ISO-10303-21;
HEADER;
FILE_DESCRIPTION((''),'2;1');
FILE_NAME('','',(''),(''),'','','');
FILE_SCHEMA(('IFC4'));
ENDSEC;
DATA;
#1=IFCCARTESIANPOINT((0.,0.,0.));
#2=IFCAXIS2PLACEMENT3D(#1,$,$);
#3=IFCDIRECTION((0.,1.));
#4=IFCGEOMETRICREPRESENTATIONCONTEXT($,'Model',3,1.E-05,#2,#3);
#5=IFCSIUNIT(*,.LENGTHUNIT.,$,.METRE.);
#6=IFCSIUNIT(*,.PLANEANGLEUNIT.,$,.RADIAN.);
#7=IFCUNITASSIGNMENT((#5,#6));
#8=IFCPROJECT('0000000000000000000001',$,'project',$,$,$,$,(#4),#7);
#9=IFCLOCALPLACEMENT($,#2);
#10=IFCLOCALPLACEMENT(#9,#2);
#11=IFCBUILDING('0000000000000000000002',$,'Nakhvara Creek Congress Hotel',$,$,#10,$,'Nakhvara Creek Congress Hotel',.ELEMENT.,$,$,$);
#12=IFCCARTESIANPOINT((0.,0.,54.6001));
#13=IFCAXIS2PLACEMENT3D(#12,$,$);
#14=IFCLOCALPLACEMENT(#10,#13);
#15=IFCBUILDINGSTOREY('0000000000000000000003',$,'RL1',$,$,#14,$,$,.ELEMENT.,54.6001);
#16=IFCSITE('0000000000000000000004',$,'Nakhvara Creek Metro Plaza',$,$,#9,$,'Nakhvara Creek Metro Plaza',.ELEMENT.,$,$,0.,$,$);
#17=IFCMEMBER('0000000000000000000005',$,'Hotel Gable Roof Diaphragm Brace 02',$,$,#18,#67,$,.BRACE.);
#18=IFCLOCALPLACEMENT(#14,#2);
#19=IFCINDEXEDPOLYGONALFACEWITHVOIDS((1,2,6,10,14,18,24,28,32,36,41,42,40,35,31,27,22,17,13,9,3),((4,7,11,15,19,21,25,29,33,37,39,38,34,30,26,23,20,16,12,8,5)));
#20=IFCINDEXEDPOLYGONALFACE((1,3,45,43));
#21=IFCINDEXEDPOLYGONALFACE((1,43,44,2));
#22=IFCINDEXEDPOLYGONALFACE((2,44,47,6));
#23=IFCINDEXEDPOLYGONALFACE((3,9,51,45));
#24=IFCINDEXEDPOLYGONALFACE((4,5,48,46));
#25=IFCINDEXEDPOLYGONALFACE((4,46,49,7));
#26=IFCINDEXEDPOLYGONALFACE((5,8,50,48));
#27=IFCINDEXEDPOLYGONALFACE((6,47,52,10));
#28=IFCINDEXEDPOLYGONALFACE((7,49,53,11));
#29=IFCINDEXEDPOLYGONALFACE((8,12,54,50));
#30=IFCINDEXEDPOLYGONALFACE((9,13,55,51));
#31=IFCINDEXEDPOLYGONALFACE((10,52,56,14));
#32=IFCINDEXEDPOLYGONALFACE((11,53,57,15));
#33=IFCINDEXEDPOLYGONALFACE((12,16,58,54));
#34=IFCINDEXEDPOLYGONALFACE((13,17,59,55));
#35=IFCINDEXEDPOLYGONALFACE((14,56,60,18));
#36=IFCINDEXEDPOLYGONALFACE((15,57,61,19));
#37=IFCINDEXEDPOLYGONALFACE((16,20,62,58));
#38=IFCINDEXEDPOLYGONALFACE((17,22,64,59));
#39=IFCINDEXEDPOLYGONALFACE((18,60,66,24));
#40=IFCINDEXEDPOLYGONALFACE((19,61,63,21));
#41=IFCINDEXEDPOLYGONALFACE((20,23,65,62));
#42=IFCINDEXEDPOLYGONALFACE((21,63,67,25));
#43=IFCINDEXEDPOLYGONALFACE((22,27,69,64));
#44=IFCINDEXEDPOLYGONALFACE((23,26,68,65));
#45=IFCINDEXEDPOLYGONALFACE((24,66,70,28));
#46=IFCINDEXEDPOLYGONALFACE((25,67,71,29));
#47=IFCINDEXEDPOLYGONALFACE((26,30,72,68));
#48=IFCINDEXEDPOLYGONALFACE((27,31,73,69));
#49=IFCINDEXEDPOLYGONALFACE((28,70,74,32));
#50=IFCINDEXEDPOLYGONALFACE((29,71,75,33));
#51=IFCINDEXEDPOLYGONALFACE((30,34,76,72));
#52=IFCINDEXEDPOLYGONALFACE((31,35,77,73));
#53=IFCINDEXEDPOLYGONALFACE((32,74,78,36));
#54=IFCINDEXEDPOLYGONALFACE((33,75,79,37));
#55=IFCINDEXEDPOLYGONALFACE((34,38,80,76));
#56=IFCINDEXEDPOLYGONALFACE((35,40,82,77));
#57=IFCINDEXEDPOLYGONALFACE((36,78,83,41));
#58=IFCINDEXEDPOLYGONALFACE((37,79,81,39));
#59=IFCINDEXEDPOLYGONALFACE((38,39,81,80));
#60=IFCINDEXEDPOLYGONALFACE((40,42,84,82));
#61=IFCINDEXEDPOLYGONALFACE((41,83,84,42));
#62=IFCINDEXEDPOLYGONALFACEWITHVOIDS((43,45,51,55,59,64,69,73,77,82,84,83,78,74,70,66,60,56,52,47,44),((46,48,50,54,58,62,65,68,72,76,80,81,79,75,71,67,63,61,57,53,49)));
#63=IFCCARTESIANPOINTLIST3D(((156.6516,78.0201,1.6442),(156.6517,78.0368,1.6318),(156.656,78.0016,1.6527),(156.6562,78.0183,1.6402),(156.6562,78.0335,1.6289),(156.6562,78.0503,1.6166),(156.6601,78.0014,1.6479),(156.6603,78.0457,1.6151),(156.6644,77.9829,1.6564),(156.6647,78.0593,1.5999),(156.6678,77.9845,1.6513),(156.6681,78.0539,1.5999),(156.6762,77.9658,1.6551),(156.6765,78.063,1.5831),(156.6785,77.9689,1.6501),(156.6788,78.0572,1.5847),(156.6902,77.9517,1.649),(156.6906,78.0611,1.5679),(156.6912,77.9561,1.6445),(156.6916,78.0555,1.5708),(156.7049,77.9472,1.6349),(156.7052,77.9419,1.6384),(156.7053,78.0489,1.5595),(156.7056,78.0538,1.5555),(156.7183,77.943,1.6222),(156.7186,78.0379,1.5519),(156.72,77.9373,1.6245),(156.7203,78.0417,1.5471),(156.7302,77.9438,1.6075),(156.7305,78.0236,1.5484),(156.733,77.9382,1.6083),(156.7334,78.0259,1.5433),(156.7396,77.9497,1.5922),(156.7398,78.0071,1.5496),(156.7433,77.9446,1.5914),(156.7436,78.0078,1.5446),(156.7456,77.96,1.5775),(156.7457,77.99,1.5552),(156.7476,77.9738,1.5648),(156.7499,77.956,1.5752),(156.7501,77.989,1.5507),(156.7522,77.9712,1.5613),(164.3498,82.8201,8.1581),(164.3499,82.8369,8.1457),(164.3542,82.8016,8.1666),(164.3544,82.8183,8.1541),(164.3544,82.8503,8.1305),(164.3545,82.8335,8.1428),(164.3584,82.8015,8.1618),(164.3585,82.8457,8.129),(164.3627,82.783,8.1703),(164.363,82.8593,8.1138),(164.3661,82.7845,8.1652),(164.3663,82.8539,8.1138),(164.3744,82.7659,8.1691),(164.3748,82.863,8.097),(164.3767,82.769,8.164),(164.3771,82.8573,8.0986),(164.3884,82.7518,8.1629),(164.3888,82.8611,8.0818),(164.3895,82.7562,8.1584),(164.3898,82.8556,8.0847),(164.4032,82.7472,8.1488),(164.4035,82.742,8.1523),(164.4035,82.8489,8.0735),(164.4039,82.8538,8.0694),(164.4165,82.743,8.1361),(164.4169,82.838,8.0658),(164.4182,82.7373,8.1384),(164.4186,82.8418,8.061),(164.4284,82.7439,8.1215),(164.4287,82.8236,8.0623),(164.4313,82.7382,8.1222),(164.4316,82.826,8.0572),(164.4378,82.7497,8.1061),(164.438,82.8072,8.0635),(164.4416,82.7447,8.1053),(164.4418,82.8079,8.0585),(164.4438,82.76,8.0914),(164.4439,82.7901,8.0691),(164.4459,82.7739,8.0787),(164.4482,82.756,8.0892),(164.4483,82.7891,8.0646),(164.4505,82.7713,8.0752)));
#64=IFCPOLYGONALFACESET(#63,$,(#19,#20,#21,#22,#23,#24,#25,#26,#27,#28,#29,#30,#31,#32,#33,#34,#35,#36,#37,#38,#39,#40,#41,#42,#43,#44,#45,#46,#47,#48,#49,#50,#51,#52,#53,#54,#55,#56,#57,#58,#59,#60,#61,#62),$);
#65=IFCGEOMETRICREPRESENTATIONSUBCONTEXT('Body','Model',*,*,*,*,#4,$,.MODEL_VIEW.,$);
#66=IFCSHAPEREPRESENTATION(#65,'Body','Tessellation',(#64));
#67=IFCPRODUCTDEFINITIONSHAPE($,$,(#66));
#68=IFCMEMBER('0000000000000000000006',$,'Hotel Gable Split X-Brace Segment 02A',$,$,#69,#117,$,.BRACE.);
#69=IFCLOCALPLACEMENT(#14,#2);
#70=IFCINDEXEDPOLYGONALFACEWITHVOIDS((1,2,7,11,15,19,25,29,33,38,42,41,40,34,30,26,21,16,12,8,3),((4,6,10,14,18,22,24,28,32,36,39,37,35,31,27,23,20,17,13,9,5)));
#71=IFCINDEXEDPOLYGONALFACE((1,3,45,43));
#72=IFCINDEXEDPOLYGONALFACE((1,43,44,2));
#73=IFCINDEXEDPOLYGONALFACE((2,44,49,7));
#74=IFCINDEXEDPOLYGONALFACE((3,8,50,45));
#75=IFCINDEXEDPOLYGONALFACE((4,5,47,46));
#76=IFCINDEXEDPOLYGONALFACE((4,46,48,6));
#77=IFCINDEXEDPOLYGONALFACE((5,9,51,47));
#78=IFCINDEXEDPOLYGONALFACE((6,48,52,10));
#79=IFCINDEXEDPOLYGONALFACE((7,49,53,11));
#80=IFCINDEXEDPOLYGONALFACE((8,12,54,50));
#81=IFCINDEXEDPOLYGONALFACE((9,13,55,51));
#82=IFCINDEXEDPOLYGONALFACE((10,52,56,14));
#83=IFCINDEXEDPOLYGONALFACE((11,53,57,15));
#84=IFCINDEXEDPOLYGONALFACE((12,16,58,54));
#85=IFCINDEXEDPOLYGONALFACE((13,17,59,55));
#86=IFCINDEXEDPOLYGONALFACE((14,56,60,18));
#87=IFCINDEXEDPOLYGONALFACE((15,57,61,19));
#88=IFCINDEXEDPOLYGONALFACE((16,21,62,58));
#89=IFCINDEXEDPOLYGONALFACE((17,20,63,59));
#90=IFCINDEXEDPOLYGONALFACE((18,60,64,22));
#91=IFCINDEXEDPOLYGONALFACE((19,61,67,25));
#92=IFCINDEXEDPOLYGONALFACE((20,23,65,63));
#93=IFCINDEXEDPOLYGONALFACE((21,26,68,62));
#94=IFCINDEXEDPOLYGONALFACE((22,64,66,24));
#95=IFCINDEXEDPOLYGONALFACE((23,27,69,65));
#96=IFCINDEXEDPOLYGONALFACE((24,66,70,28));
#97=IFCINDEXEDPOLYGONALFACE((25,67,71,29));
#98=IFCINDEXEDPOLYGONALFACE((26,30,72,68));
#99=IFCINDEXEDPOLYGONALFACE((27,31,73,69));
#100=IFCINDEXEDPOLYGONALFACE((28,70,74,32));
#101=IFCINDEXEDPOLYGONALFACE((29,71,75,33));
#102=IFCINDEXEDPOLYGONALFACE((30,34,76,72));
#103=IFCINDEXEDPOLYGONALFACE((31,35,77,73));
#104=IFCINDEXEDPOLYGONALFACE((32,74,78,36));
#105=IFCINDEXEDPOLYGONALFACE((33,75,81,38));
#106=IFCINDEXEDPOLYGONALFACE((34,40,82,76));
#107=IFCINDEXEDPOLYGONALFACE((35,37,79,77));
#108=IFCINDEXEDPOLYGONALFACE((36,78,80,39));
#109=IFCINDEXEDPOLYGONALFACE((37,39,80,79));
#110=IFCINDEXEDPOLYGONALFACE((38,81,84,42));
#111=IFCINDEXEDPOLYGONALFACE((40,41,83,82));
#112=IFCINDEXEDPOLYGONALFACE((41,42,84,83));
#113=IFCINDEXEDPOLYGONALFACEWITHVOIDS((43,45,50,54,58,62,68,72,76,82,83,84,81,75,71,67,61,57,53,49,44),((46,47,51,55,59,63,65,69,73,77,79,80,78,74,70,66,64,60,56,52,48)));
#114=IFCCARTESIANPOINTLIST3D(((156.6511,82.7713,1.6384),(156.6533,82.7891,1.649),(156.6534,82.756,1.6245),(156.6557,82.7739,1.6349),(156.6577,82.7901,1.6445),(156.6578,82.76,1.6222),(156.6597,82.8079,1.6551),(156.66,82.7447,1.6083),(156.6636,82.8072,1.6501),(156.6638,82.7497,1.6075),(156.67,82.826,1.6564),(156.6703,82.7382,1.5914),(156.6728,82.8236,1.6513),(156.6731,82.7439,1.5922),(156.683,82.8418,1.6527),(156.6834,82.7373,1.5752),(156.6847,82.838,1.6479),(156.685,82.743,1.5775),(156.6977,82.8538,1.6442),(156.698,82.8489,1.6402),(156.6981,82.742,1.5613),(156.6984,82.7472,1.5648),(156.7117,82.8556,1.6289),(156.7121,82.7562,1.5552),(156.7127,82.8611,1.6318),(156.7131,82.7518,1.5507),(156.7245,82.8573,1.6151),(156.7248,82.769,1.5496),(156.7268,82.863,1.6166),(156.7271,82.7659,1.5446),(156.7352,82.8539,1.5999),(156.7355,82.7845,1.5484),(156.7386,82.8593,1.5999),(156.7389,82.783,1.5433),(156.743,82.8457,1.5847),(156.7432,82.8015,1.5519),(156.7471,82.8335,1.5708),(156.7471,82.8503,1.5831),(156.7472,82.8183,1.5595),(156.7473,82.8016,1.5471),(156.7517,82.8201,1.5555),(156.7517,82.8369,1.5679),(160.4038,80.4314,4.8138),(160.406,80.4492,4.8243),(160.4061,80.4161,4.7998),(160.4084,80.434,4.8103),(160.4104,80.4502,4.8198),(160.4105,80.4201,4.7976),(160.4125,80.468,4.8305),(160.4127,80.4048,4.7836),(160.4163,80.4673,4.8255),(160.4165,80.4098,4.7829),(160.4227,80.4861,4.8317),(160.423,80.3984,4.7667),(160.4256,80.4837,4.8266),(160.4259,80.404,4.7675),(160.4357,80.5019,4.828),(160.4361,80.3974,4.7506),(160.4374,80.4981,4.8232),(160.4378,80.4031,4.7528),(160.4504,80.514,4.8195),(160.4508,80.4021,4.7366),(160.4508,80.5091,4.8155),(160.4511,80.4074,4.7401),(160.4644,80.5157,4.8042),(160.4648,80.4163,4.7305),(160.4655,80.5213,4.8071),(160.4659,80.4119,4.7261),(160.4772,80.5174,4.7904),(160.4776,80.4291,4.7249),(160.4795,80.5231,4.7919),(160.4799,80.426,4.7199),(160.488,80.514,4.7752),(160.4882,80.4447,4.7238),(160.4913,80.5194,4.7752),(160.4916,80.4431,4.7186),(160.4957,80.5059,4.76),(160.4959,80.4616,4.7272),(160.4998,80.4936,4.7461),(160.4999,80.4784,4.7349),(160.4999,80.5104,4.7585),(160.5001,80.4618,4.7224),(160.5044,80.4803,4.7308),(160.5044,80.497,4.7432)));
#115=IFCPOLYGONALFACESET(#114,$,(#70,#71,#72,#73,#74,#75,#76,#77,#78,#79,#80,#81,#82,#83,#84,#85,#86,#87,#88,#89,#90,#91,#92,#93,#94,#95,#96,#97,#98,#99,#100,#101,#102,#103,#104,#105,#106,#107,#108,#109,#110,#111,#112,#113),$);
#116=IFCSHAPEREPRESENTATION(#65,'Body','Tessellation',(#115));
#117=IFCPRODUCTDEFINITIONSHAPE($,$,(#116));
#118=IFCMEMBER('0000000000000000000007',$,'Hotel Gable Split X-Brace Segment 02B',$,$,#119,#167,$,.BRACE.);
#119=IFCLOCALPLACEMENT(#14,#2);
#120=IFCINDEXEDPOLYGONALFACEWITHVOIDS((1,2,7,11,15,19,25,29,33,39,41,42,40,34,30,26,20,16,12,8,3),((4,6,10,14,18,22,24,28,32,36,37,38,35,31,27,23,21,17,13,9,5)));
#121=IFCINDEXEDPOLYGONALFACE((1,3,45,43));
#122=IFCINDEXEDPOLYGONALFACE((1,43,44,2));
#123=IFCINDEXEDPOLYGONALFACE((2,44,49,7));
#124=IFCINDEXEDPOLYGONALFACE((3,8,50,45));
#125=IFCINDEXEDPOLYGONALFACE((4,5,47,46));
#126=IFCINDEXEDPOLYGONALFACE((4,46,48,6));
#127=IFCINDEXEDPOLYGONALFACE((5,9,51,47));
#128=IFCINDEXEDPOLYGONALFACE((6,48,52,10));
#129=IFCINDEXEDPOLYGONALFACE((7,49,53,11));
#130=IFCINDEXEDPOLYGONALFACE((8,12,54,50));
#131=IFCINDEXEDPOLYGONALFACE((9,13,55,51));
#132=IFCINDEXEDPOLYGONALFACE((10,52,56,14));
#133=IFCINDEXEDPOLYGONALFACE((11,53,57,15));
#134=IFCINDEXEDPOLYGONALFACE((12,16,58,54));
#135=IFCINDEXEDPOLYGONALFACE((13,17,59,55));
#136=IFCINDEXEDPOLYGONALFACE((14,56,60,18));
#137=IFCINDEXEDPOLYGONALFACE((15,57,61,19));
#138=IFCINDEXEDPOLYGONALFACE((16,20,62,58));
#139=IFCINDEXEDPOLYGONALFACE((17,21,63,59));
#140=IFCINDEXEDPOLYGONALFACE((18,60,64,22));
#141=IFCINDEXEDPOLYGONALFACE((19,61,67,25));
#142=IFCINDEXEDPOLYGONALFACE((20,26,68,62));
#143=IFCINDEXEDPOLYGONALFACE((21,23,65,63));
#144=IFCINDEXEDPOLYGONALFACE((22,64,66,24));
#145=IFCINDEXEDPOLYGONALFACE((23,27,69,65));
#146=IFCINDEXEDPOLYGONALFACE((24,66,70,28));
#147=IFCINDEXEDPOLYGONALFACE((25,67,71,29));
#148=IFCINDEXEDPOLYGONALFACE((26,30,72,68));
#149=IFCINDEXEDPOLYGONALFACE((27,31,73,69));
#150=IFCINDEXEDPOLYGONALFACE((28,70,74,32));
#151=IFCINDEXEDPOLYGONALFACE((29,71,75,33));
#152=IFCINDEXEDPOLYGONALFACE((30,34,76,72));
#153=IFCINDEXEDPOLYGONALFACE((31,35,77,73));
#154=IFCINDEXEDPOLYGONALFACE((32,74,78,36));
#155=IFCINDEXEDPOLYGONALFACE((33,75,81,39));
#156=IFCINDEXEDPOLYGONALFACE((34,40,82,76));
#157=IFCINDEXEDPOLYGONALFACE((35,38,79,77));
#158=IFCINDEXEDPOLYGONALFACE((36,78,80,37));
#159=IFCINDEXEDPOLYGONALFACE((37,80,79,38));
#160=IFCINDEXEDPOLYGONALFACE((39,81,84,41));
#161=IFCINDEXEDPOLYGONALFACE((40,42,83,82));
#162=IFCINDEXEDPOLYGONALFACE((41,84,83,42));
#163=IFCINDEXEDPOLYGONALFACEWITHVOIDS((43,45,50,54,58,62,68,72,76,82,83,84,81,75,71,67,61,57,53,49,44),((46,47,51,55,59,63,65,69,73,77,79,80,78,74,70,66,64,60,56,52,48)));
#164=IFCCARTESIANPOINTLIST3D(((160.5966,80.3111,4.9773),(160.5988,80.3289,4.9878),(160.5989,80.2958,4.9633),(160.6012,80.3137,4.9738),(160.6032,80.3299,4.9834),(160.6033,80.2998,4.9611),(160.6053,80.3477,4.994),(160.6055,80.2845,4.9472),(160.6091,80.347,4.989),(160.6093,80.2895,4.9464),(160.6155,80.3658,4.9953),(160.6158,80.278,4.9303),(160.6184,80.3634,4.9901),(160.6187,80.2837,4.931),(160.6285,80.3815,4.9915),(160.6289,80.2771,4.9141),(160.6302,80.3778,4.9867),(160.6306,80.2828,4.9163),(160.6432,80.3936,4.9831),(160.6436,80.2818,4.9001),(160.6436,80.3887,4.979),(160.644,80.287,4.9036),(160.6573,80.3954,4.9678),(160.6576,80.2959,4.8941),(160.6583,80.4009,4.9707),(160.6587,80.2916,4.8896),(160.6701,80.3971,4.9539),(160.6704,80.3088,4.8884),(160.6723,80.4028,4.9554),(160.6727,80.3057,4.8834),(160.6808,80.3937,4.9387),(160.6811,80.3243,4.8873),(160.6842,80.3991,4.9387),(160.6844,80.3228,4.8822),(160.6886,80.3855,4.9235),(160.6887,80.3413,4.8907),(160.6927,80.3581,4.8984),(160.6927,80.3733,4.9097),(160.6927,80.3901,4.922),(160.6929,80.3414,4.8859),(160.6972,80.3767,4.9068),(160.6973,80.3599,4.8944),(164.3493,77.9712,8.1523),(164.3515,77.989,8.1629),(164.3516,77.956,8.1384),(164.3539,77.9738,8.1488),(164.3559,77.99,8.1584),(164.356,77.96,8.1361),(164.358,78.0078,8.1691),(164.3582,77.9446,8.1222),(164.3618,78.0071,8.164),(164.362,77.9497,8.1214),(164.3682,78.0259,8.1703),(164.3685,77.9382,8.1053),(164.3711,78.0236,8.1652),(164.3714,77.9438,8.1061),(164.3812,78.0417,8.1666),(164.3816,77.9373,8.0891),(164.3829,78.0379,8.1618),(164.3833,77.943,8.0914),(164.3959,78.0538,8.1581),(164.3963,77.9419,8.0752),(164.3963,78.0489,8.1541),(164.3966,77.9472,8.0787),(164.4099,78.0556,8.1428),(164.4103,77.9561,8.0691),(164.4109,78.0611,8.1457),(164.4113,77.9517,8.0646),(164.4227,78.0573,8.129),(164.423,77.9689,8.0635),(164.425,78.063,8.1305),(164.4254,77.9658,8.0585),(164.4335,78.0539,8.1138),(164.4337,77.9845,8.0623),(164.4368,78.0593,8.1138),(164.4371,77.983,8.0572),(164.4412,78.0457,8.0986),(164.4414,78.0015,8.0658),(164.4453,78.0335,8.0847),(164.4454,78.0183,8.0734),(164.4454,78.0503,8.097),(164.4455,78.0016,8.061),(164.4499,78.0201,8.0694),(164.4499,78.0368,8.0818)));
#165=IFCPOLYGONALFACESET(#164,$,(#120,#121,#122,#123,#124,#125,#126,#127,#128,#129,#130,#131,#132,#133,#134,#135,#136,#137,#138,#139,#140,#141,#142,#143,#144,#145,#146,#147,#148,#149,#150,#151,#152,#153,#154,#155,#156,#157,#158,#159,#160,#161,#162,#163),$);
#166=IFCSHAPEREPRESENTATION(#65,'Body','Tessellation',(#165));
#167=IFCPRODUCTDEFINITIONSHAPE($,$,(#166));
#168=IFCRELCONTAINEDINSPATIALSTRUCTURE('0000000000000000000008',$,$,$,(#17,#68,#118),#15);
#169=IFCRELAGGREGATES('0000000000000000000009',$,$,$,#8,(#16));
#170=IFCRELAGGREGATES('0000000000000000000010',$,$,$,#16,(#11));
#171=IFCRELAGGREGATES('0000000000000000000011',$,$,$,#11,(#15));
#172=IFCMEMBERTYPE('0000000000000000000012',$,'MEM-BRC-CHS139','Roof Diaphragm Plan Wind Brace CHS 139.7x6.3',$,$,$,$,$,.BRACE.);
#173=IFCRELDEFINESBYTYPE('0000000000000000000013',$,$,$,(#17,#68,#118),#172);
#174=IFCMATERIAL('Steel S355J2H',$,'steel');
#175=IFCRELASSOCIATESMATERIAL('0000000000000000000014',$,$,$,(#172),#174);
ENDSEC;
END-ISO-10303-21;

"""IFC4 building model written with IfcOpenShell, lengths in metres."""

from ifc_helpers import new_model, si_unit, direction, frame, origin, origin_2d, place, context, subcontext, project, spatial, hollow_circle, extrude, material, material_profile, profile_set, type_object, element, save


model = new_model("IFC4")

# Units and contexts
model_context = context("Model", 3, precision=1e-05, world=origin(), true_north=direction((0.0, 1.0)))
body_context = subcontext(model_context, "Body", "Model", "MODEL_VIEW")
ifc_project = project(units=[si_unit("LENGTHUNIT", "METRE"), si_unit("PLANEANGLEUNIT", "RADIAN")], contexts=[model_context])

# Site, building, storey
site_placement = place(None, origin())
site = spatial("IfcSite", under=ifc_project, at=site_placement, Name="Nakhvara Creek Metro Plaza", LongName="Nakhvara Creek Metro Plaza", CompositionType="ELEMENT", RefElevation=0.0)
building_placement = place(site_placement, origin())
building = spatial("IfcBuilding", under=site, at=building_placement, Name="Nakhvara Creek Congress Hotel", LongName="Nakhvara Creek Congress Hotel", CompositionType="ELEMENT")
storey_placement = place(building_placement, frame((0.0, 0.0, 54.6001)))
storey = spatial("IfcBuildingStorey", under=building, at=storey_placement, Name="RL1", CompositionType="ELEMENT", Elevation=54.6001)

# Members
ifc_material_1 = material(Name="Steel S355J2H", Category="steel")
ifc_material_profile_1 = material_profile(ifc_material_1, hollow_circle(Radius=0.0698, WallThickness=0.0063, at=origin_2d()), Name="CHS 139.7x6.3", Category="LoadBearing")
ifc_profile_set_1 = profile_set([ifc_material_profile_1], Name="Steel S355J2H")
member_type_1 = type_object("IfcMemberType", Name="MEM-BRC-CHS139", Description="Roof Diaphragm Plan Wind Brace CHS 139.7x6.3", PredefinedType="BRACE", material=ifc_profile_set_1)
member_1_placement = place(storey_placement, frame((156.7017, 78.0, 1.5999), z_axis=(0.689284, 0.429786, 0.583242), x_axis=(-0.529099, 0.84856, 0.0)))
element("IfcMember", 1, at=member_1_placement, inside=storey, type_object=member_type_1, Name="Hotel Gable Roof Diaphragm Brace 02", PredefinedType="BRACE", context=body_context, shape_type="SweptSolid", body=[
    extrude(hollow_circle(Radius=0.0698, WallThickness=0.0063, at=origin_2d()), origin(), (0.0, 0.0, 1.0), 11.1685),
])
member_2_placement = place(storey_placement, frame((156.7017, 82.8, 1.5999), z_axis=(0.689292, -0.429782, 0.583236), x_axis=(0.529091, 0.848565, 0.0)))
element("IfcMember", 2, at=member_2_placement, inside=storey, type_object=member_type_1, Name="Hotel Gable Split X-Brace Segment 02A", PredefinedType="BRACE", context=body_context, shape_type="SweptSolid", body=[
    extrude(hollow_circle(Radius=0.0698, WallThickness=0.0063, at=origin_2d()), origin(), (0.0, 0.0, 1.0), 5.4443),
])
member_3_placement = place(storey_placement, frame((160.6472, 80.3398, 4.9387), z_axis=(0.68931, -0.429793, 0.583207), x_axis=(0.529091, 0.848565, 0.0)))
element("IfcMember", 3, at=member_3_placement, inside=storey, type_object=member_type_1, Name="Hotel Gable Split X-Brace Segment 02B", PredefinedType="BRACE", context=body_context, shape_type="SweptSolid", body=[
    extrude(hollow_circle(Radius=0.0698, WallThickness=0.0063, at=origin_2d()), origin(), (0.0, 0.0, 1.0), 5.4441),
])

save(model, "model.ifc")
